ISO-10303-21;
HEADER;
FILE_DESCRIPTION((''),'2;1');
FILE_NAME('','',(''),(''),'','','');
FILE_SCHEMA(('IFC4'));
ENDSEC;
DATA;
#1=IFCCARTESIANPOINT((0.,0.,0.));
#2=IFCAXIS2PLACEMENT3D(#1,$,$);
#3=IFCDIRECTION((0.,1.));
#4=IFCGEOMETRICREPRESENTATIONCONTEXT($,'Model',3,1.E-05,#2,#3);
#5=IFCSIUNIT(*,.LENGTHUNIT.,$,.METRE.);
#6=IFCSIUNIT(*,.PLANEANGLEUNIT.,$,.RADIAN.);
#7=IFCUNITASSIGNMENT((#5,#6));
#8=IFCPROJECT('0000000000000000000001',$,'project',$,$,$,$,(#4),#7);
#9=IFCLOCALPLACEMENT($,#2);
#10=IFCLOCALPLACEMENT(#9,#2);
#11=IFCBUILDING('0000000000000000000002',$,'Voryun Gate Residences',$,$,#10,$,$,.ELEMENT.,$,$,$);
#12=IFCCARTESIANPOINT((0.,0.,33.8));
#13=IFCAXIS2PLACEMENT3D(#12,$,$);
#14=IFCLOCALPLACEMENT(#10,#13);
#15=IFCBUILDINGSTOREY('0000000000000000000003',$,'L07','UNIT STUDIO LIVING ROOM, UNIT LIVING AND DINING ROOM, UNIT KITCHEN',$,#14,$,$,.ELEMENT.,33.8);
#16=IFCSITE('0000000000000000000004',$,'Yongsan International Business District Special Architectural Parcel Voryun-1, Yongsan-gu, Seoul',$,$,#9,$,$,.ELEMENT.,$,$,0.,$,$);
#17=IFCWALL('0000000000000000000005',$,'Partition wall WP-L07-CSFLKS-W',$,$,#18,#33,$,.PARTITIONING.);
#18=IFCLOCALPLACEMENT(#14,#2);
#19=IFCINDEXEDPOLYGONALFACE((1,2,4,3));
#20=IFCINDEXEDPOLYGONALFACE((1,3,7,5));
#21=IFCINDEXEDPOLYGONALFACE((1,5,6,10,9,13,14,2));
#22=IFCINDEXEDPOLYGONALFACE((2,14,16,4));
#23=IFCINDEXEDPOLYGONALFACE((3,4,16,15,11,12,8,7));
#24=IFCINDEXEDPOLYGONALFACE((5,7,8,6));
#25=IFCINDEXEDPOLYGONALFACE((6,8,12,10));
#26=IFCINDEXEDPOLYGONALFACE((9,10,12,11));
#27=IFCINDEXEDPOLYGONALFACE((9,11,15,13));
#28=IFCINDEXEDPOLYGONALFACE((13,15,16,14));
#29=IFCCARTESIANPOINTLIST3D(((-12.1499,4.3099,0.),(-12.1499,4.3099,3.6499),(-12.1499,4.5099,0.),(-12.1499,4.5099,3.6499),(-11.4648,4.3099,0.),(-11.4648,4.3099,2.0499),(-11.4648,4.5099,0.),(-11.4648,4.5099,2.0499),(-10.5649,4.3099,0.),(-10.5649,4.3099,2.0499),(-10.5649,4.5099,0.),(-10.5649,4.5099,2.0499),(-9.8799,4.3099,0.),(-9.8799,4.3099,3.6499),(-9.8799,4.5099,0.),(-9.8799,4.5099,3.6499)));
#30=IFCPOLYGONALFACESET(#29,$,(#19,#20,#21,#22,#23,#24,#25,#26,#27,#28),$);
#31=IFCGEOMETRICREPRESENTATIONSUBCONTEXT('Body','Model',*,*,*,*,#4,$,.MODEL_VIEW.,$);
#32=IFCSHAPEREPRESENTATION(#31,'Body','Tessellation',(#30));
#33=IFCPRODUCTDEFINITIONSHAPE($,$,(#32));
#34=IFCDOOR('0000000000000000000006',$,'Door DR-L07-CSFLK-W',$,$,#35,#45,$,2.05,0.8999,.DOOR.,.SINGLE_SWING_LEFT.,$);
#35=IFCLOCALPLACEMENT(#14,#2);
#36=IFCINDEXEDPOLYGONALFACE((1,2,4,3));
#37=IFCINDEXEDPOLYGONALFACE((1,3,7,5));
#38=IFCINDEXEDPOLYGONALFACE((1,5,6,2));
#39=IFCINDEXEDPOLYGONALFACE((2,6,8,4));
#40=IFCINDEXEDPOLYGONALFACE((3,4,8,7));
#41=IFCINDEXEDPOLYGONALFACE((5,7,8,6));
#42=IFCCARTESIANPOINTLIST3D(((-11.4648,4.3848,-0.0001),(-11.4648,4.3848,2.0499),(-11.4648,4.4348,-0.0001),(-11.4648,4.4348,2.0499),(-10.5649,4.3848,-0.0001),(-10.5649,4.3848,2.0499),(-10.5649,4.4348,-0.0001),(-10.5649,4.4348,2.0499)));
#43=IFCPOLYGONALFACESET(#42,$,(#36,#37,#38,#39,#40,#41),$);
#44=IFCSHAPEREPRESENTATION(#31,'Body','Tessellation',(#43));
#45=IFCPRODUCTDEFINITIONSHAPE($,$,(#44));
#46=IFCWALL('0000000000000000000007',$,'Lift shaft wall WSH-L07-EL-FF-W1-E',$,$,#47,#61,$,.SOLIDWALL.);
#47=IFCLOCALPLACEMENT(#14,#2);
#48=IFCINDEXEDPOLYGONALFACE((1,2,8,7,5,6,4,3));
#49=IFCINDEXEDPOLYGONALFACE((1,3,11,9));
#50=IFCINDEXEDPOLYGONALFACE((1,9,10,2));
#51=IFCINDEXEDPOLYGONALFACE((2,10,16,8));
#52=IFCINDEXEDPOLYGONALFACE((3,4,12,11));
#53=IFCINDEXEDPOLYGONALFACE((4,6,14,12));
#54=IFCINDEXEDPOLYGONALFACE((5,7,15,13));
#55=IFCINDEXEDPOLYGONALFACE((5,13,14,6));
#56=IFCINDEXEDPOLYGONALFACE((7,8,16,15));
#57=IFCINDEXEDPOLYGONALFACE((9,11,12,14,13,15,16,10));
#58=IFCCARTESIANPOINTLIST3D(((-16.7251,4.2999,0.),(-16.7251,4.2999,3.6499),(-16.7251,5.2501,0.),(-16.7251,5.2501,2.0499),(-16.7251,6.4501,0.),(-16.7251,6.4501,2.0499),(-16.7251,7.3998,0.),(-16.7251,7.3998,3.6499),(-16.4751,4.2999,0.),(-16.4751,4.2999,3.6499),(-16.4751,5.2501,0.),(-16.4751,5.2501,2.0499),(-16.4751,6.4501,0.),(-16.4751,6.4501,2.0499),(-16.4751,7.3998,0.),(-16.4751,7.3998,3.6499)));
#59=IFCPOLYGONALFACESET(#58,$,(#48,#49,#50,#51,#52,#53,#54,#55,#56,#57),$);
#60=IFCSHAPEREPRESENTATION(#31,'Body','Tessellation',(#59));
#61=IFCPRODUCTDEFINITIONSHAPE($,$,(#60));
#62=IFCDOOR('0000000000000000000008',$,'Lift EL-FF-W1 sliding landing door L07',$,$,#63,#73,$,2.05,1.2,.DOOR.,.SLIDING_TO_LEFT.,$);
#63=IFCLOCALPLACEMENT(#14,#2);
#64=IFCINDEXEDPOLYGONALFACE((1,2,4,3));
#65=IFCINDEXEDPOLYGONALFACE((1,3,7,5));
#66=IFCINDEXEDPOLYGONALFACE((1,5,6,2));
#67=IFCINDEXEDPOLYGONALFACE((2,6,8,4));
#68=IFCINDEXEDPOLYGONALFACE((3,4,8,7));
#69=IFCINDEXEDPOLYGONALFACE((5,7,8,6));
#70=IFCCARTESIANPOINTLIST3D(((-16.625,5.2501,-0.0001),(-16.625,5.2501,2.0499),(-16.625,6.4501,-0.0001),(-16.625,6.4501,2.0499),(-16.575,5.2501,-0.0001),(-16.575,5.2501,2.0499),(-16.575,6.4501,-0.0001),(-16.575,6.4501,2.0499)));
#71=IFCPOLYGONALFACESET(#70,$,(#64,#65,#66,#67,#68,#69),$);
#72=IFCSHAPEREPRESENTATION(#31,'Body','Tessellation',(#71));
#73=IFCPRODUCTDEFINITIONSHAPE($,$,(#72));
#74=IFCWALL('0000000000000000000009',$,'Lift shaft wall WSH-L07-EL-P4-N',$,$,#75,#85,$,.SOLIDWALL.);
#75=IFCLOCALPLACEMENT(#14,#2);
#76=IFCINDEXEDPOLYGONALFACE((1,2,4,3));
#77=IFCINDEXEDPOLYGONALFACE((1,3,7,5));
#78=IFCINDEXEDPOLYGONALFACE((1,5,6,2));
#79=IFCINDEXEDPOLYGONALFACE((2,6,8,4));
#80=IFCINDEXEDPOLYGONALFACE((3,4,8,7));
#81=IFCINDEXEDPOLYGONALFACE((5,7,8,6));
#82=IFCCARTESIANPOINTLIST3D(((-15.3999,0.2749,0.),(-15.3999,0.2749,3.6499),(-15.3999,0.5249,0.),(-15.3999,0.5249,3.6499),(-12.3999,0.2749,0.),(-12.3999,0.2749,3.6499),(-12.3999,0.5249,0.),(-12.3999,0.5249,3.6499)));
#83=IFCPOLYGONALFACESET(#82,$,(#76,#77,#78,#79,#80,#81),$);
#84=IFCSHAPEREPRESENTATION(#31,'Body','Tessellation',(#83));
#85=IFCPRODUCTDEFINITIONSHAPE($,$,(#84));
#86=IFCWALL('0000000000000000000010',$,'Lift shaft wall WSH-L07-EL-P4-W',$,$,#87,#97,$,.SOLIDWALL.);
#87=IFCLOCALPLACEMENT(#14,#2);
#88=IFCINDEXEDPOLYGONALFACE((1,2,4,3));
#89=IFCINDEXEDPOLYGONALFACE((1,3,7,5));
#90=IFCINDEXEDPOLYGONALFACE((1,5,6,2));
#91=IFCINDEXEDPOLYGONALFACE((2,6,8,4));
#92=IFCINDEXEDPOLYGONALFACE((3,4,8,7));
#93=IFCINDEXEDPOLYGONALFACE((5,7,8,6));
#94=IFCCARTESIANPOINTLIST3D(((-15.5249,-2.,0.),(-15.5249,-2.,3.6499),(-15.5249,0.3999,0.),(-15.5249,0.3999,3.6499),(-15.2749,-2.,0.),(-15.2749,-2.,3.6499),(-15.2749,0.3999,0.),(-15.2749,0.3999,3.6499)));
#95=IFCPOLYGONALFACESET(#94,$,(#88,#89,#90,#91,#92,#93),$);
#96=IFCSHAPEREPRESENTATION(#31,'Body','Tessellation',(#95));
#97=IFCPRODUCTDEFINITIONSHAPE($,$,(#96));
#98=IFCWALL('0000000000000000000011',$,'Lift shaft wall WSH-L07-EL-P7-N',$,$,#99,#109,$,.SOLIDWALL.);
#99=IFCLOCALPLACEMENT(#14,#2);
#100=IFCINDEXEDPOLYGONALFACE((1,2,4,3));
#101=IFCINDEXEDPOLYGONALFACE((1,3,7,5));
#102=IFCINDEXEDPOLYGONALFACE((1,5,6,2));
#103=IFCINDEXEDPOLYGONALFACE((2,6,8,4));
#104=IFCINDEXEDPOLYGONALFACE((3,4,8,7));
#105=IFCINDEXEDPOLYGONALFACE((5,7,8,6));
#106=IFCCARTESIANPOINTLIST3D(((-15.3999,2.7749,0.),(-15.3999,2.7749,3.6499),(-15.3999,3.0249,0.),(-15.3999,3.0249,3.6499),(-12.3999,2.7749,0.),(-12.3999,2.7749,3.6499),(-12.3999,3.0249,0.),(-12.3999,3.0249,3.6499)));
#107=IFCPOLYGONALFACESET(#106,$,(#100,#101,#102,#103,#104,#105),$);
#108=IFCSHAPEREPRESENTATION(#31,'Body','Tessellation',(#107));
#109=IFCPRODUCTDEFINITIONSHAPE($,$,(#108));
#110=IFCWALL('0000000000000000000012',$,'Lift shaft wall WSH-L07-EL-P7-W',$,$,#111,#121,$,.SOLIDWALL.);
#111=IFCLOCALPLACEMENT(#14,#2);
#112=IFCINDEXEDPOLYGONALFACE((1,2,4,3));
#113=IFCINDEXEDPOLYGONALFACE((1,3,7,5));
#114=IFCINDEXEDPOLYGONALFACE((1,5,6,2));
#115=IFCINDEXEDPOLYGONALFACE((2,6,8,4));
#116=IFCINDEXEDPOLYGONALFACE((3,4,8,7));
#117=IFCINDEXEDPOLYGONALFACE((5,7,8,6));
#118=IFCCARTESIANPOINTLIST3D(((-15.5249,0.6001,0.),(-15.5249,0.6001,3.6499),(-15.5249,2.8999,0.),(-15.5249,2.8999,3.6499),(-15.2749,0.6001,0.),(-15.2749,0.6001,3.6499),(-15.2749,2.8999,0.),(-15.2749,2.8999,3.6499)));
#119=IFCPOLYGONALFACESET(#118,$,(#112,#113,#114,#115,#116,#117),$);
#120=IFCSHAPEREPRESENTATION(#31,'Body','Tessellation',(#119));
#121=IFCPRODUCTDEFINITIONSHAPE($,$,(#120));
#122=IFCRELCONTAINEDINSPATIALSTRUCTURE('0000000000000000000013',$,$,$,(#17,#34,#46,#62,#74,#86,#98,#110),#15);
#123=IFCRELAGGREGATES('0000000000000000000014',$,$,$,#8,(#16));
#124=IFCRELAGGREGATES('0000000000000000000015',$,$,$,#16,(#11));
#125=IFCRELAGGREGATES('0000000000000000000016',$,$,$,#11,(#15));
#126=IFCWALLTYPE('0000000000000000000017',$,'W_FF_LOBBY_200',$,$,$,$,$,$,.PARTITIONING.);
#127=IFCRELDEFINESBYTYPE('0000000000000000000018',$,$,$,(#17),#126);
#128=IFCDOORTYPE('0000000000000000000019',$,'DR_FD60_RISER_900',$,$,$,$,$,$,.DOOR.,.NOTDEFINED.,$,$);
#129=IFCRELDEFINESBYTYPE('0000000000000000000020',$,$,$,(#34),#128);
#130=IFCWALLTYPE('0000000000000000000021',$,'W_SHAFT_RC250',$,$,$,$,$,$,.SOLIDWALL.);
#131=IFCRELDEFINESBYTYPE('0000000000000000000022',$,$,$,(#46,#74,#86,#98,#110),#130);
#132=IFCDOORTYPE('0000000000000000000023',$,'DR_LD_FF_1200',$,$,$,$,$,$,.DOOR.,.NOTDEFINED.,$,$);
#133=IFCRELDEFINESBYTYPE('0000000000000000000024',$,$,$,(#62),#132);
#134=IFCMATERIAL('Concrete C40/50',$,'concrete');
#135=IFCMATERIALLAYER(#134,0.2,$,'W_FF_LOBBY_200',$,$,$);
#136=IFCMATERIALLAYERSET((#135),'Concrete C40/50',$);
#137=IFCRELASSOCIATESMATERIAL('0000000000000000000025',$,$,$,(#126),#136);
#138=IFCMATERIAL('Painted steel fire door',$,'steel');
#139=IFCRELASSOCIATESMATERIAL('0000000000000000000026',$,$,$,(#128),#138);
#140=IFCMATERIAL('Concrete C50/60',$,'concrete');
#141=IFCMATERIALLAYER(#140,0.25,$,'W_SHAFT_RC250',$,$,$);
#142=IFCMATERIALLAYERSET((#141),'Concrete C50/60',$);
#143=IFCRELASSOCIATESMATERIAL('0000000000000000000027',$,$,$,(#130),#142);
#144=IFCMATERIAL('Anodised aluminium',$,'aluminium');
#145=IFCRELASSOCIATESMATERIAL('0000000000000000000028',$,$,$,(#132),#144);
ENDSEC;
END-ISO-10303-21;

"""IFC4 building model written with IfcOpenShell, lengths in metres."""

from ifc_helpers import new_model, si_unit, direction, frame, frame_2d, origin, place, context, subcontext, project, spatial, rectangle, extrude, material, layer, layer_set, type_object, element, fill, save


model = new_model("IFC4")

# Units and contexts
model_context = context("Model", 3, precision=1e-05, world=origin(), true_north=direction((0.0, 1.0)))
body_context = subcontext(model_context, "Body", "Model", "MODEL_VIEW")
ifc_project = project(units=[si_unit("LENGTHUNIT", "METRE"), si_unit("PLANEANGLEUNIT", "RADIAN")], contexts=[model_context])

# Site, building, storey
site_placement = place(None, origin())
site = spatial("IfcSite", under=ifc_project, at=site_placement, Name="Yongsan International Business District Special Architectural Parcel Voryun-1, Yongsan-gu, Seoul", CompositionType="ELEMENT", RefElevation=0.0)
building_placement = place(site_placement, origin())
building = spatial("IfcBuilding", under=site, at=building_placement, Name="Voryun Gate Residences", CompositionType="ELEMENT")
storey_placement = place(building_placement, frame((0.0, 0.0, 33.8)))
storey = spatial("IfcBuildingStorey", under=building, at=storey_placement, Name="L07", Description="UNIT STUDIO LIVING ROOM, UNIT LIVING AND DINING ROOM, UNIT KITCHEN", CompositionType="ELEMENT", Elevation=33.8)

# Shared definitions
ifc_material_1 = material(Name="Concrete C40/50", Category="concrete")
ifc_layer_1 = layer(ifc_material_1, 0.2, Name="W_FF_LOBBY_200")
ifc_layer_set_1 = layer_set([ifc_layer_1], Name="Concrete C40/50")
wall_type_1 = type_object("IfcWallType", Name="W_FF_LOBBY_200", PredefinedType="PARTITIONING", material=ifc_layer_set_1)

# Walls, openings, doors
wall_1_placement = place(storey_placement, frame((-12.1499, 4.4099, 0.0), z_axis=(0.0, 0.0, 1.0), x_axis=(1.0, 0.0, 0.0)))
wall_1 = element("IfcWall", 1, at=wall_1_placement, inside=storey, type_object=wall_type_1, Name="Partition wall WP-L07-CSFLKS-W", PredefinedType="PARTITIONING", context=body_context, shape_type="SweptSolid", body=[
    extrude(rectangle(XDim=2.27, YDim=0.2, at=frame_2d((1.135, 0.0))), origin(), (0.0, 0.0, 1.0), 3.6499),
])
opening_1_placement = place(wall_1_placement, frame((0.6851, 0.0, 0.0)))
opening_1 = element("IfcOpeningElement", 2, at=opening_1_placement, cuts=wall_1, PredefinedType="OPENING", context=body_context, shape_type="SweptSolid", body=[
    extrude(rectangle(XDim=0.8999, YDim=2.05, at=frame_2d((0.45, 1.0249))), frame((0.0, 0.1101, 0.0), z_axis=(0.0, -1.0, 0.0), x_axis=(1.0, 0.0, 0.0)), (0.0, 0.0, 1.0), 0.22),
])
ifc_material_2 = material(Name="Painted steel fire door", Category="steel")
door_type_1 = type_object("IfcDoorType", Name="DR_FD60_RISER_900", OperationType="NOTDEFINED", PredefinedType="DOOR", material=ifc_material_2)
door_1_placement = place(opening_1_placement, origin())
door_1 = element("IfcDoor", 3, at=door_1_placement, inside=storey, type_object=door_type_1, Name="Door DR-L07-CSFLK-W", OperationType="SINGLE_SWING_LEFT", OverallHeight=2.05, OverallWidth=0.8999, PredefinedType="DOOR", context=body_context, shape_type="SweptSolid", body=[
    extrude(rectangle(XDim=0.8999, YDim=2.05, at=frame_2d((0.45, 1.0249))), frame((0.0, 0.0249, 0.0), z_axis=(0.0, -1.0, 0.0), x_axis=(1.0, 0.0, 0.0)), (0.0, 0.0, 1.0), 0.05),
])
fill(opening_1, door_1)
ifc_material_3 = material(Name="Concrete C50/60", Category="concrete")
ifc_layer_2 = layer(ifc_material_3, 0.25, Name="W_SHAFT_RC250")
ifc_layer_set_2 = layer_set([ifc_layer_2], Name="Concrete C50/60")
wall_type_2 = type_object("IfcWallType", Name="W_SHAFT_RC250", PredefinedType="SOLIDWALL", material=ifc_layer_set_2)
wall_2_placement = place(storey_placement, frame((-16.6001, 4.3, 0.0), z_axis=(0.0, 0.0, 1.0), x_axis=(0.0, 1.0, 0.0)))
wall_2 = element("IfcWall", 4, at=wall_2_placement, inside=storey, type_object=wall_type_2, Name="Lift shaft wall WSH-L07-EL-FF-W1-E", PredefinedType="SOLIDWALL", context=body_context, shape_type="SweptSolid", body=[
    extrude(rectangle(XDim=3.0999, YDim=0.25, at=frame_2d((1.5498, 0.0))), origin(), (0.0, 0.0, 1.0), 3.6499),
])
opening_2_placement = place(wall_2_placement, frame((0.95, 0.0, 0.0)))
opening_2 = element("IfcOpeningElement", 5, at=opening_2_placement, cuts=wall_2, PredefinedType="OPENING", context=body_context, shape_type="SweptSolid", body=[
    extrude(rectangle(XDim=1.2, YDim=2.05, at=frame_2d((0.6001, 1.0249))), frame((0.0, 0.135, 0.0), z_axis=(0.0, -1.0, 0.0), x_axis=(1.0, 0.0, 0.0)), (0.0, 0.0, 1.0), 0.27),
])
ifc_material_4 = material(Name="Anodised aluminium", Category="aluminium")
door_type_2 = type_object("IfcDoorType", Name="DR_LD_FF_1200", OperationType="NOTDEFINED", PredefinedType="DOOR", material=ifc_material_4)
door_2_placement = place(opening_2_placement, origin())
door_2 = element("IfcDoor", 6, at=door_2_placement, inside=storey, type_object=door_type_2, Name="Lift EL-FF-W1 sliding landing door L07", OperationType="SLIDING_TO_LEFT", OverallHeight=2.05, OverallWidth=1.2, PredefinedType="DOOR", context=body_context, shape_type="SweptSolid", body=[
    extrude(rectangle(XDim=1.2, YDim=2.05, at=frame_2d((0.6001, 1.0249))), frame((0.0, 0.0249, 0.0), z_axis=(0.0, -1.0, 0.0), x_axis=(1.0, 0.0, 0.0)), (0.0, 0.0, 1.0), 0.05),
])
fill(opening_2, door_2)

# Walls
wall_3_placement = place(storey_placement, frame((-12.3999, 0.3999, 0.0), z_axis=(0.0, 0.0, 1.0), x_axis=(-1.0, 0.0, 0.0)))
element("IfcWall", 7, at=wall_3_placement, inside=storey, type_object=wall_type_2, Name="Lift shaft wall WSH-L07-EL-P4-N", PredefinedType="SOLIDWALL", context=body_context, shape_type="SweptSolid", body=[
    extrude(rectangle(XDim=3.0, YDim=0.25, at=frame_2d((1.5, 0.0))), origin(), (0.0, 0.0, 1.0), 3.6499),
])
wall_4_placement = place(storey_placement, frame((-15.3999, 0.3999, 0.0), z_axis=(0.0, 0.0, 1.0), x_axis=(0.0, -1.0, 0.0)))
element("IfcWall", 8, at=wall_4_placement, inside=storey, type_object=wall_type_2, Name="Lift shaft wall WSH-L07-EL-P4-W", PredefinedType="SOLIDWALL", context=body_context, shape_type="SweptSolid", body=[
    extrude(rectangle(XDim=2.3999, YDim=0.25, at=frame_2d((1.2, 0.0))), origin(), (0.0, 0.0, 1.0), 3.6499),
])
wall_5_placement = place(storey_placement, frame((-12.3999, 2.8999, 0.0), z_axis=(0.0, 0.0, 1.0), x_axis=(-1.0, 0.0, 0.0)))
element("IfcWall", 9, at=wall_5_placement, inside=storey, type_object=wall_type_2, Name="Lift shaft wall WSH-L07-EL-P7-N", PredefinedType="SOLIDWALL", context=body_context, shape_type="SweptSolid", body=[
    extrude(rectangle(XDim=3.0, YDim=0.25, at=frame_2d((1.5, 0.0))), origin(), (0.0, 0.0, 1.0), 3.6499),
])
wall_6_placement = place(storey_placement, frame((-15.3999, 2.8999, 0.0), z_axis=(0.0, 0.0, 1.0), x_axis=(0.0, -1.0, 0.0)))
element("IfcWall", 10, at=wall_6_placement, inside=storey, type_object=wall_type_2, Name="Lift shaft wall WSH-L07-EL-P7-W", PredefinedType="SOLIDWALL", context=body_context, shape_type="SweptSolid", body=[
    extrude(rectangle(XDim=2.2998, YDim=0.25, at=frame_2d((1.1499, 0.0))), origin(), (0.0, 0.0, 1.0), 3.6499),
])

save(model, "model.ifc")
